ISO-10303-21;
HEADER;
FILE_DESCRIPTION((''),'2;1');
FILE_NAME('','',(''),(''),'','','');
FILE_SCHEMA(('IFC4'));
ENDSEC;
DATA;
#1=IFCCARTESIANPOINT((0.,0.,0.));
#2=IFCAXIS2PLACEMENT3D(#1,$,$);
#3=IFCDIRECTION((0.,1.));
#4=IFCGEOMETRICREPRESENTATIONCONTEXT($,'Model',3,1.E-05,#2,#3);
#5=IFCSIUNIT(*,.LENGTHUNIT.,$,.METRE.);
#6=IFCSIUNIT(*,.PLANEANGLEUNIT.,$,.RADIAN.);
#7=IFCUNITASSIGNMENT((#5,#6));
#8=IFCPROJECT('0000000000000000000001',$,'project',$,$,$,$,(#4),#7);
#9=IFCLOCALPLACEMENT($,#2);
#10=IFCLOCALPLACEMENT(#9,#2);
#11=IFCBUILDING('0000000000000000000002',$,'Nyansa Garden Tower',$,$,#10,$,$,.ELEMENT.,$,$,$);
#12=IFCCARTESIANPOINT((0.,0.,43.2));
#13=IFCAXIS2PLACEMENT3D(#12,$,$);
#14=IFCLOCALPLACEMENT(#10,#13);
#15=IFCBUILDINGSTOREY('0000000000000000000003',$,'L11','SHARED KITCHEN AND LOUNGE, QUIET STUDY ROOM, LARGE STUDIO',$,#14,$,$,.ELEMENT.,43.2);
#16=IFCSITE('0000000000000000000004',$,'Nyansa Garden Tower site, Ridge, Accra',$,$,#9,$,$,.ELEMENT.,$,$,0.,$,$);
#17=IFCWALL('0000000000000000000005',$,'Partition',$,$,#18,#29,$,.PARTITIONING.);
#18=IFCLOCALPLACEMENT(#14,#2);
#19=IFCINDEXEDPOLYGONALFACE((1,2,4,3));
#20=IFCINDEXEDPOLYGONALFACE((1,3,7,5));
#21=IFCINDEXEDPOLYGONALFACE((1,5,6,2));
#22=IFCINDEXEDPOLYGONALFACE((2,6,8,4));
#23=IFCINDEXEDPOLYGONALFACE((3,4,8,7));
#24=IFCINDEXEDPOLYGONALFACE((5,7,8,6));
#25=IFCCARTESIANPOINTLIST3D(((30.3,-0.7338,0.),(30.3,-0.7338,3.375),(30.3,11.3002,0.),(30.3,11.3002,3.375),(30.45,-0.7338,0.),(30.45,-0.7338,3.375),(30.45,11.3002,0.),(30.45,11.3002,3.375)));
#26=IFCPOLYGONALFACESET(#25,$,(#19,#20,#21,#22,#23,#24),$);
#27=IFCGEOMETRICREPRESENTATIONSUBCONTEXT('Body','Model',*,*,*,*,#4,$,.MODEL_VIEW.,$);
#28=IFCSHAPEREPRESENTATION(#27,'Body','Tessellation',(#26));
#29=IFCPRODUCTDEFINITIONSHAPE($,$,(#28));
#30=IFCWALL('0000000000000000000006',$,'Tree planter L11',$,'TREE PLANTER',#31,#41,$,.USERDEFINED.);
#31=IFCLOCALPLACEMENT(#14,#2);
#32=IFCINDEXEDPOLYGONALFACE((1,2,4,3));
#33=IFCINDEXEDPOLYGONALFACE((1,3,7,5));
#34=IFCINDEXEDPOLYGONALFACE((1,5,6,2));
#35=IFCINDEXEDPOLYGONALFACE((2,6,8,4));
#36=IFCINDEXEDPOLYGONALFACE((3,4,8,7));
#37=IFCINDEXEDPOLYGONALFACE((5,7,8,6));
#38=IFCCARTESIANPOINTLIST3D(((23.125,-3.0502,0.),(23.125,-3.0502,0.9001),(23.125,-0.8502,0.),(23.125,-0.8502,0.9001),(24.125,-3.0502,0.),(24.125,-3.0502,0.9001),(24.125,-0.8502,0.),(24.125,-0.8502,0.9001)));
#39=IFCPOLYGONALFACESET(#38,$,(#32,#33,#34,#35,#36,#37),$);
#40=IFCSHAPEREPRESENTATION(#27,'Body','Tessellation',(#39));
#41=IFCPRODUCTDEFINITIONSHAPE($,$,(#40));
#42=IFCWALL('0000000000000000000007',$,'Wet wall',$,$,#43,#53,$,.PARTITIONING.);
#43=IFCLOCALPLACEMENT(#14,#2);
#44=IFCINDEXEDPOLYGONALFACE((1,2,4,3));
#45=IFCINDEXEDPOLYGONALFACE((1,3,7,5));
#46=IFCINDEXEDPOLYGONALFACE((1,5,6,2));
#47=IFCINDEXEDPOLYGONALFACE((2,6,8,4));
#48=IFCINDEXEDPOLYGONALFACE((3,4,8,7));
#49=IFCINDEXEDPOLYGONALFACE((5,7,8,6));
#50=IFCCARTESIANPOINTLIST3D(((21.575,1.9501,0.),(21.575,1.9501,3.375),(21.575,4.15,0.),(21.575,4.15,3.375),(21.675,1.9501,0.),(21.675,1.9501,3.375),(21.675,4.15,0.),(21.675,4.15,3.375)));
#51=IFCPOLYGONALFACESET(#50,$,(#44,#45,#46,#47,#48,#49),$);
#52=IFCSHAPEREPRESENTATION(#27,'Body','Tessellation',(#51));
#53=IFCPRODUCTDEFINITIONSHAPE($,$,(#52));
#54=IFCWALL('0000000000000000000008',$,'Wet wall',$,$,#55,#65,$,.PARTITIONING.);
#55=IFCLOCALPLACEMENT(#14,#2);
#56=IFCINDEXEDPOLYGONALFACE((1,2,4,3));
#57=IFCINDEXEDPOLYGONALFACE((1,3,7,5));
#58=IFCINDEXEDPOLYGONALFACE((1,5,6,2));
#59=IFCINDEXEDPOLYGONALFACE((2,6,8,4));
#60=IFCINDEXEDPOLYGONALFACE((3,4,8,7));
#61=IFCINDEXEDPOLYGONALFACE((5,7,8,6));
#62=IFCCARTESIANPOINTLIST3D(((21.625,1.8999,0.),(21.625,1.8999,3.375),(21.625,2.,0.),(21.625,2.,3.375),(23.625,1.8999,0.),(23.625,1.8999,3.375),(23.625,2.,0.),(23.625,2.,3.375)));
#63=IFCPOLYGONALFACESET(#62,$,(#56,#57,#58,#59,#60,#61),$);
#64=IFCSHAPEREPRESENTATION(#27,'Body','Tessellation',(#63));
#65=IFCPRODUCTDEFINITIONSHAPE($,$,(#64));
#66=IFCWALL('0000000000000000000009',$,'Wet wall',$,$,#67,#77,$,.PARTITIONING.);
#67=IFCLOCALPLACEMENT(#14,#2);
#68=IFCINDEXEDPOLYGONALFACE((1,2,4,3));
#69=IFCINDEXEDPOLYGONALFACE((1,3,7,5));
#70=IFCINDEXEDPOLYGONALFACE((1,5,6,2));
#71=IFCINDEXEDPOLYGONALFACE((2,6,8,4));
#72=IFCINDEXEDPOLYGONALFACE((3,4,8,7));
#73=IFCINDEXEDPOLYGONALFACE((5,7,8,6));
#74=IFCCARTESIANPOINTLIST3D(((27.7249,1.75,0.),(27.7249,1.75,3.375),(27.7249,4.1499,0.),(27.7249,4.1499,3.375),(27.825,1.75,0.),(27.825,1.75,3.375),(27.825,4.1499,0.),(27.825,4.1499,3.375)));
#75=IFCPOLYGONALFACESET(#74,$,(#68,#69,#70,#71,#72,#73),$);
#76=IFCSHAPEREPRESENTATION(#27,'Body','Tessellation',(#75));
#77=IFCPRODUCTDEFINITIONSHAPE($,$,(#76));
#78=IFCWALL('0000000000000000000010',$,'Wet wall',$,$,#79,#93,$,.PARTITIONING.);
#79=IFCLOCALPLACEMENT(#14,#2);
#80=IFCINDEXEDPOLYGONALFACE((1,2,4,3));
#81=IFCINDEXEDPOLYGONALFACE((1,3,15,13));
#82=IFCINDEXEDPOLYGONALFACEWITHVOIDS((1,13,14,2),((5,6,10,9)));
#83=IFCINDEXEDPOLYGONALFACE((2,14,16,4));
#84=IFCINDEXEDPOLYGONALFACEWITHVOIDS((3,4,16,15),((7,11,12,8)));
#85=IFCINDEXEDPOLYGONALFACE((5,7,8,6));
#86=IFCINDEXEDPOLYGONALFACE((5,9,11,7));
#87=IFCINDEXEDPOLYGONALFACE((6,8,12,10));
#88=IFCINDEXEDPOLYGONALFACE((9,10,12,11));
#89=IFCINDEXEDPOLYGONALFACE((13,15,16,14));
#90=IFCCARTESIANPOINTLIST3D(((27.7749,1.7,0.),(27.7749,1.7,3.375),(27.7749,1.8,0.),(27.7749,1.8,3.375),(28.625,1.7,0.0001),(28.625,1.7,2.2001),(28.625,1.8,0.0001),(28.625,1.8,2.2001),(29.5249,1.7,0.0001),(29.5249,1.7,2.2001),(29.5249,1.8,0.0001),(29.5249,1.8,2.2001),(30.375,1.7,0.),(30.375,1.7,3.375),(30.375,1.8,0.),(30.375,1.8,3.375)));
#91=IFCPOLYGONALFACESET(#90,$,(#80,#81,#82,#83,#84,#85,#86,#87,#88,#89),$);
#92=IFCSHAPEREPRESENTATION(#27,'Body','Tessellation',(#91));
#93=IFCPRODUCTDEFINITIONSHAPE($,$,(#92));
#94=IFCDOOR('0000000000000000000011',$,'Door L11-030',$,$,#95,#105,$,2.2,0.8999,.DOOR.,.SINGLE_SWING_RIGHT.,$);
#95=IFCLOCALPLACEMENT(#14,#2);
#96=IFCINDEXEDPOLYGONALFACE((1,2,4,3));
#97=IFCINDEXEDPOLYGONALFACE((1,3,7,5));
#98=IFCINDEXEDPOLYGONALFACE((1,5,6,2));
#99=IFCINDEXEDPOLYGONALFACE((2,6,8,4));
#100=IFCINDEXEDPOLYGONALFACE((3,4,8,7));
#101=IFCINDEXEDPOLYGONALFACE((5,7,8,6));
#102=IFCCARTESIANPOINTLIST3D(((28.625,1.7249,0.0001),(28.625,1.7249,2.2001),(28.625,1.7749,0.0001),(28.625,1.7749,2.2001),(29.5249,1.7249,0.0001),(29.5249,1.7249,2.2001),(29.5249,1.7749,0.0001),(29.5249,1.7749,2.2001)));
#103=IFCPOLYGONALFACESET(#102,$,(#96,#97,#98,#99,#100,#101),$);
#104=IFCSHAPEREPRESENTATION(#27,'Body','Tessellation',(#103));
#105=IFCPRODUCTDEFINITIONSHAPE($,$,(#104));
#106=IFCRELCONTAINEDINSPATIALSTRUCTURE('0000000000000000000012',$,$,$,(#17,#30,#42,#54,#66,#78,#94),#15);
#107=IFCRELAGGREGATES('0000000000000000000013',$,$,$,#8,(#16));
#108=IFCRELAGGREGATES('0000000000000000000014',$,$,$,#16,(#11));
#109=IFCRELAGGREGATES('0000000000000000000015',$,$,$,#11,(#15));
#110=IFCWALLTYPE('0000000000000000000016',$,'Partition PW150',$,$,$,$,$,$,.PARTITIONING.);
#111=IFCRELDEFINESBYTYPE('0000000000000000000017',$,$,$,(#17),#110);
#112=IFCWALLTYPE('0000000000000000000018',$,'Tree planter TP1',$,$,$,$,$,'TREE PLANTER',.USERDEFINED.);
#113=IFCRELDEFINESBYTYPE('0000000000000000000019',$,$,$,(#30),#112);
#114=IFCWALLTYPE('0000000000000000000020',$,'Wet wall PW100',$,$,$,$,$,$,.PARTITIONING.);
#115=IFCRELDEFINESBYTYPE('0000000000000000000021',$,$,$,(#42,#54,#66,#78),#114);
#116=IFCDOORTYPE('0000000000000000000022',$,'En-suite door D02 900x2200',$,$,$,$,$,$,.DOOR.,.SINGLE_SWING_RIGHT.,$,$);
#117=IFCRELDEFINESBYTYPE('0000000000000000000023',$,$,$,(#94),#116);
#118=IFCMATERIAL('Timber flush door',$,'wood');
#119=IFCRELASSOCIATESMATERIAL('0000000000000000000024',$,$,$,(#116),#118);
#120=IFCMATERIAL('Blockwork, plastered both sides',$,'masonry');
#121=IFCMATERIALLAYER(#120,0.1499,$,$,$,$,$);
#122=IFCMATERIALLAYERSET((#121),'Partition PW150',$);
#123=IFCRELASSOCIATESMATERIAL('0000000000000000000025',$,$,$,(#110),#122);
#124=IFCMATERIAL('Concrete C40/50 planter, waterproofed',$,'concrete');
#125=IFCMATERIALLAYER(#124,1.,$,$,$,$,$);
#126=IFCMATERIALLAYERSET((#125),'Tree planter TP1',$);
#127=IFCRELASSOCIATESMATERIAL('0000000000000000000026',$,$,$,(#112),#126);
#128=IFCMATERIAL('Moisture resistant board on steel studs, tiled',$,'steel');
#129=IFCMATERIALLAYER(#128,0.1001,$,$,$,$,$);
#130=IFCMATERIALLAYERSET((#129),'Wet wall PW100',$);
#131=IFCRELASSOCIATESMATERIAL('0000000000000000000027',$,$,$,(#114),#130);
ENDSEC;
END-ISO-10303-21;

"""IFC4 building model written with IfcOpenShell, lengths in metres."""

from ifc_helpers import new_model, si_unit, direction, frame, frame_2d, origin, place, context, subcontext, project, spatial, rectangle, extrude, material, layer, layer_set, type_object, element, fill, save


model = new_model("IFC4")

# Units and contexts
model_context = context("Model", 3, precision=1e-05, world=origin(), true_north=direction((0.0, 1.0)))
body_context = subcontext(model_context, "Body", "Model", "MODEL_VIEW")
ifc_project = project(units=[si_unit("LENGTHUNIT", "METRE"), si_unit("PLANEANGLEUNIT", "RADIAN")], contexts=[model_context])

# Site, building, storey
site_placement = place(None, origin())
site = spatial("IfcSite", under=ifc_project, at=site_placement, Name="Nyansa Garden Tower site, Ridge, Accra", CompositionType="ELEMENT", RefElevation=0.0)
building_placement = place(site_placement, origin())
building = spatial("IfcBuilding", under=site, at=building_placement, Name="Nyansa Garden Tower", CompositionType="ELEMENT")
storey_placement = place(building_placement, frame((0.0, 0.0, 43.2)))
storey = spatial("IfcBuildingStorey", under=building, at=storey_placement, Name="L11", Description="SHARED KITCHEN AND LOUNGE, QUIET STUDY ROOM, LARGE STUDIO", CompositionType="ELEMENT", Elevation=43.2)

# Shared definitions
ifc_material_1 = material(Name="Timber flush door", Category="wood")
door_type_1 = type_object("IfcDoorType", Name="En-suite door D02 900x2200", OperationType="SINGLE_SWING_RIGHT", PredefinedType="DOOR", material=ifc_material_1)

# Shared definitions
ifc_material_2 = material(Name="Blockwork, plastered both sides", Category="masonry")
ifc_layer_1 = layer(ifc_material_2, 0.1499)
ifc_layer_set_1 = layer_set([ifc_layer_1], Name="Partition PW150")
wall_type_1 = type_object("IfcWallType", Name="Partition PW150", PredefinedType="PARTITIONING", material=ifc_layer_set_1)

# Walls
wall_1_placement = place(storey_placement, frame((30.375, -0.7339, 0.0), z_axis=(0.0, 0.0, 1.0), x_axis=(0.0, 1.0, 0.0)))
element("IfcWall", 1, at=wall_1_placement, inside=storey, type_object=wall_type_1, Name="Partition", PredefinedType="PARTITIONING", context=body_context, shape_type="SweptSolid", body=[
    extrude(rectangle(XDim=12.0339, YDim=0.1499, at=frame_2d((6.0171, 0.0))), origin(), (0.0, 0.0, 1.0), 3.375),
])
ifc_material_3 = material(Name="Concrete C40/50 planter, waterproofed", Category="concrete")
ifc_layer_2 = layer(ifc_material_3, 1.0)
ifc_layer_set_2 = layer_set([ifc_layer_2], Name="Tree planter TP1")
wall_type_2 = type_object("IfcWallType", Name="Tree planter TP1", ElementType="TREE PLANTER", PredefinedType="USERDEFINED", material=ifc_layer_set_2)
wall_2_placement = place(storey_placement, frame((23.625, -0.8501, 0.0), z_axis=(0.0, 0.0, 1.0), x_axis=(0.0, -1.0, 0.0)))
element("IfcWall", 2, at=wall_2_placement, inside=storey, type_object=wall_type_2, Name="Tree planter L11", ObjectType="TREE PLANTER", PredefinedType="USERDEFINED", context=body_context, shape_type="SweptSolid", body=[
    extrude(rectangle(XDim=2.2, YDim=1.0, at=frame_2d((1.1001, 0.0))), origin(), (0.0, 0.0, 1.0), 0.9001),
])
ifc_material_4 = material(Name="Moisture resistant board on steel studs, tiled", Category="steel")
ifc_layer_3 = layer(ifc_material_4, 0.1001)
ifc_layer_set_3 = layer_set([ifc_layer_3], Name="Wet wall PW100")
wall_type_3 = type_object("IfcWallType", Name="Wet wall PW100", PredefinedType="PARTITIONING", material=ifc_layer_set_3)
wall_3_placement = place(storey_placement, frame((21.625, 1.95, 0.0), z_axis=(0.0, 0.0, 1.0), x_axis=(0.0, 1.0, 0.0)))
element("IfcWall", 3, at=wall_3_placement, inside=storey, type_object=wall_type_3, Name="Wet wall", PredefinedType="PARTITIONING", context=body_context, shape_type="SweptSolid", body=[
    extrude(rectangle(XDim=2.2, YDim=0.1001, at=frame_2d((1.1001, 0.0))), origin(), (0.0, 0.0, 1.0), 3.375),
])
wall_4_placement = place(storey_placement, frame((21.625, 1.95, 0.0), z_axis=(0.0, 0.0, 1.0), x_axis=(1.0, 0.0, 0.0)))
element("IfcWall", 4, at=wall_4_placement, inside=storey, type_object=wall_type_3, Name="Wet wall", PredefinedType="PARTITIONING", context=body_context, shape_type="SweptSolid", body=[
    extrude(rectangle(XDim=2.0, YDim=0.1001, at=frame_2d((1.0, 0.0))), origin(), (0.0, 0.0, 1.0), 3.375),
])
wall_5_placement = place(storey_placement, frame((27.7749, 1.75, 0.0), z_axis=(0.0, 0.0, 1.0), x_axis=(0.0, 1.0, 0.0)))
element("IfcWall", 5, at=wall_5_placement, inside=storey, type_object=wall_type_3, Name="Wet wall", PredefinedType="PARTITIONING", context=body_context, shape_type="SweptSolid", body=[
    extrude(rectangle(XDim=2.3999, YDim=0.1001, at=frame_2d((1.2, 0.0))), origin(), (0.0, 0.0, 1.0), 3.375),
])

# Wall, opening, door
wall_6_placement = place(storey_placement, frame((27.7749, 1.75, 0.0), z_axis=(0.0, 0.0, 1.0), x_axis=(1.0, 0.0, 0.0)))
wall_6 = element("IfcWall", 6, at=wall_6_placement, inside=storey, type_object=wall_type_3, Name="Wet wall", PredefinedType="PARTITIONING", context=body_context, shape_type="SweptSolid", body=[
    extrude(rectangle(XDim=2.6001, YDim=0.1001, at=frame_2d((1.3, 0.0))), origin(), (0.0, 0.0, 1.0), 3.375),
])
opening_1_placement = place(wall_6_placement, frame((0.8501, 0.0, 0.0)))
opening_1 = element("IfcOpeningElement", 7, at=opening_1_placement, cuts=wall_6, PredefinedType="OPENING", context=body_context, shape_type="SweptSolid", body=[
    extrude(rectangle(XDim=0.8999, YDim=2.2, at=frame_2d((0.45, 1.1001))), frame((0.0, 0.0601, 0.0), z_axis=(0.0, -1.0, 0.0), x_axis=(1.0, 0.0, 0.0)), (0.0, 0.0, 1.0), 0.1201),
])
door_1_placement = place(opening_1_placement, origin())
door_1 = element("IfcDoor", 8, at=door_1_placement, inside=storey, type_object=door_type_1, Name="Door L11-030", OperationType="SINGLE_SWING_RIGHT", OverallHeight=2.2, OverallWidth=0.8999, PredefinedType="DOOR", context=body_context, shape_type="SweptSolid", body=[
    extrude(rectangle(XDim=0.8999, YDim=2.2, at=frame_2d((0.45, 1.1001))), frame((0.0, 0.0249, 0.0), z_axis=(0.0, -1.0, 0.0), x_axis=(1.0, 0.0, 0.0)), (0.0, 0.0, 1.0), 0.05),
])
fill(opening_1, door_1)

save(model, "model.ifc")
